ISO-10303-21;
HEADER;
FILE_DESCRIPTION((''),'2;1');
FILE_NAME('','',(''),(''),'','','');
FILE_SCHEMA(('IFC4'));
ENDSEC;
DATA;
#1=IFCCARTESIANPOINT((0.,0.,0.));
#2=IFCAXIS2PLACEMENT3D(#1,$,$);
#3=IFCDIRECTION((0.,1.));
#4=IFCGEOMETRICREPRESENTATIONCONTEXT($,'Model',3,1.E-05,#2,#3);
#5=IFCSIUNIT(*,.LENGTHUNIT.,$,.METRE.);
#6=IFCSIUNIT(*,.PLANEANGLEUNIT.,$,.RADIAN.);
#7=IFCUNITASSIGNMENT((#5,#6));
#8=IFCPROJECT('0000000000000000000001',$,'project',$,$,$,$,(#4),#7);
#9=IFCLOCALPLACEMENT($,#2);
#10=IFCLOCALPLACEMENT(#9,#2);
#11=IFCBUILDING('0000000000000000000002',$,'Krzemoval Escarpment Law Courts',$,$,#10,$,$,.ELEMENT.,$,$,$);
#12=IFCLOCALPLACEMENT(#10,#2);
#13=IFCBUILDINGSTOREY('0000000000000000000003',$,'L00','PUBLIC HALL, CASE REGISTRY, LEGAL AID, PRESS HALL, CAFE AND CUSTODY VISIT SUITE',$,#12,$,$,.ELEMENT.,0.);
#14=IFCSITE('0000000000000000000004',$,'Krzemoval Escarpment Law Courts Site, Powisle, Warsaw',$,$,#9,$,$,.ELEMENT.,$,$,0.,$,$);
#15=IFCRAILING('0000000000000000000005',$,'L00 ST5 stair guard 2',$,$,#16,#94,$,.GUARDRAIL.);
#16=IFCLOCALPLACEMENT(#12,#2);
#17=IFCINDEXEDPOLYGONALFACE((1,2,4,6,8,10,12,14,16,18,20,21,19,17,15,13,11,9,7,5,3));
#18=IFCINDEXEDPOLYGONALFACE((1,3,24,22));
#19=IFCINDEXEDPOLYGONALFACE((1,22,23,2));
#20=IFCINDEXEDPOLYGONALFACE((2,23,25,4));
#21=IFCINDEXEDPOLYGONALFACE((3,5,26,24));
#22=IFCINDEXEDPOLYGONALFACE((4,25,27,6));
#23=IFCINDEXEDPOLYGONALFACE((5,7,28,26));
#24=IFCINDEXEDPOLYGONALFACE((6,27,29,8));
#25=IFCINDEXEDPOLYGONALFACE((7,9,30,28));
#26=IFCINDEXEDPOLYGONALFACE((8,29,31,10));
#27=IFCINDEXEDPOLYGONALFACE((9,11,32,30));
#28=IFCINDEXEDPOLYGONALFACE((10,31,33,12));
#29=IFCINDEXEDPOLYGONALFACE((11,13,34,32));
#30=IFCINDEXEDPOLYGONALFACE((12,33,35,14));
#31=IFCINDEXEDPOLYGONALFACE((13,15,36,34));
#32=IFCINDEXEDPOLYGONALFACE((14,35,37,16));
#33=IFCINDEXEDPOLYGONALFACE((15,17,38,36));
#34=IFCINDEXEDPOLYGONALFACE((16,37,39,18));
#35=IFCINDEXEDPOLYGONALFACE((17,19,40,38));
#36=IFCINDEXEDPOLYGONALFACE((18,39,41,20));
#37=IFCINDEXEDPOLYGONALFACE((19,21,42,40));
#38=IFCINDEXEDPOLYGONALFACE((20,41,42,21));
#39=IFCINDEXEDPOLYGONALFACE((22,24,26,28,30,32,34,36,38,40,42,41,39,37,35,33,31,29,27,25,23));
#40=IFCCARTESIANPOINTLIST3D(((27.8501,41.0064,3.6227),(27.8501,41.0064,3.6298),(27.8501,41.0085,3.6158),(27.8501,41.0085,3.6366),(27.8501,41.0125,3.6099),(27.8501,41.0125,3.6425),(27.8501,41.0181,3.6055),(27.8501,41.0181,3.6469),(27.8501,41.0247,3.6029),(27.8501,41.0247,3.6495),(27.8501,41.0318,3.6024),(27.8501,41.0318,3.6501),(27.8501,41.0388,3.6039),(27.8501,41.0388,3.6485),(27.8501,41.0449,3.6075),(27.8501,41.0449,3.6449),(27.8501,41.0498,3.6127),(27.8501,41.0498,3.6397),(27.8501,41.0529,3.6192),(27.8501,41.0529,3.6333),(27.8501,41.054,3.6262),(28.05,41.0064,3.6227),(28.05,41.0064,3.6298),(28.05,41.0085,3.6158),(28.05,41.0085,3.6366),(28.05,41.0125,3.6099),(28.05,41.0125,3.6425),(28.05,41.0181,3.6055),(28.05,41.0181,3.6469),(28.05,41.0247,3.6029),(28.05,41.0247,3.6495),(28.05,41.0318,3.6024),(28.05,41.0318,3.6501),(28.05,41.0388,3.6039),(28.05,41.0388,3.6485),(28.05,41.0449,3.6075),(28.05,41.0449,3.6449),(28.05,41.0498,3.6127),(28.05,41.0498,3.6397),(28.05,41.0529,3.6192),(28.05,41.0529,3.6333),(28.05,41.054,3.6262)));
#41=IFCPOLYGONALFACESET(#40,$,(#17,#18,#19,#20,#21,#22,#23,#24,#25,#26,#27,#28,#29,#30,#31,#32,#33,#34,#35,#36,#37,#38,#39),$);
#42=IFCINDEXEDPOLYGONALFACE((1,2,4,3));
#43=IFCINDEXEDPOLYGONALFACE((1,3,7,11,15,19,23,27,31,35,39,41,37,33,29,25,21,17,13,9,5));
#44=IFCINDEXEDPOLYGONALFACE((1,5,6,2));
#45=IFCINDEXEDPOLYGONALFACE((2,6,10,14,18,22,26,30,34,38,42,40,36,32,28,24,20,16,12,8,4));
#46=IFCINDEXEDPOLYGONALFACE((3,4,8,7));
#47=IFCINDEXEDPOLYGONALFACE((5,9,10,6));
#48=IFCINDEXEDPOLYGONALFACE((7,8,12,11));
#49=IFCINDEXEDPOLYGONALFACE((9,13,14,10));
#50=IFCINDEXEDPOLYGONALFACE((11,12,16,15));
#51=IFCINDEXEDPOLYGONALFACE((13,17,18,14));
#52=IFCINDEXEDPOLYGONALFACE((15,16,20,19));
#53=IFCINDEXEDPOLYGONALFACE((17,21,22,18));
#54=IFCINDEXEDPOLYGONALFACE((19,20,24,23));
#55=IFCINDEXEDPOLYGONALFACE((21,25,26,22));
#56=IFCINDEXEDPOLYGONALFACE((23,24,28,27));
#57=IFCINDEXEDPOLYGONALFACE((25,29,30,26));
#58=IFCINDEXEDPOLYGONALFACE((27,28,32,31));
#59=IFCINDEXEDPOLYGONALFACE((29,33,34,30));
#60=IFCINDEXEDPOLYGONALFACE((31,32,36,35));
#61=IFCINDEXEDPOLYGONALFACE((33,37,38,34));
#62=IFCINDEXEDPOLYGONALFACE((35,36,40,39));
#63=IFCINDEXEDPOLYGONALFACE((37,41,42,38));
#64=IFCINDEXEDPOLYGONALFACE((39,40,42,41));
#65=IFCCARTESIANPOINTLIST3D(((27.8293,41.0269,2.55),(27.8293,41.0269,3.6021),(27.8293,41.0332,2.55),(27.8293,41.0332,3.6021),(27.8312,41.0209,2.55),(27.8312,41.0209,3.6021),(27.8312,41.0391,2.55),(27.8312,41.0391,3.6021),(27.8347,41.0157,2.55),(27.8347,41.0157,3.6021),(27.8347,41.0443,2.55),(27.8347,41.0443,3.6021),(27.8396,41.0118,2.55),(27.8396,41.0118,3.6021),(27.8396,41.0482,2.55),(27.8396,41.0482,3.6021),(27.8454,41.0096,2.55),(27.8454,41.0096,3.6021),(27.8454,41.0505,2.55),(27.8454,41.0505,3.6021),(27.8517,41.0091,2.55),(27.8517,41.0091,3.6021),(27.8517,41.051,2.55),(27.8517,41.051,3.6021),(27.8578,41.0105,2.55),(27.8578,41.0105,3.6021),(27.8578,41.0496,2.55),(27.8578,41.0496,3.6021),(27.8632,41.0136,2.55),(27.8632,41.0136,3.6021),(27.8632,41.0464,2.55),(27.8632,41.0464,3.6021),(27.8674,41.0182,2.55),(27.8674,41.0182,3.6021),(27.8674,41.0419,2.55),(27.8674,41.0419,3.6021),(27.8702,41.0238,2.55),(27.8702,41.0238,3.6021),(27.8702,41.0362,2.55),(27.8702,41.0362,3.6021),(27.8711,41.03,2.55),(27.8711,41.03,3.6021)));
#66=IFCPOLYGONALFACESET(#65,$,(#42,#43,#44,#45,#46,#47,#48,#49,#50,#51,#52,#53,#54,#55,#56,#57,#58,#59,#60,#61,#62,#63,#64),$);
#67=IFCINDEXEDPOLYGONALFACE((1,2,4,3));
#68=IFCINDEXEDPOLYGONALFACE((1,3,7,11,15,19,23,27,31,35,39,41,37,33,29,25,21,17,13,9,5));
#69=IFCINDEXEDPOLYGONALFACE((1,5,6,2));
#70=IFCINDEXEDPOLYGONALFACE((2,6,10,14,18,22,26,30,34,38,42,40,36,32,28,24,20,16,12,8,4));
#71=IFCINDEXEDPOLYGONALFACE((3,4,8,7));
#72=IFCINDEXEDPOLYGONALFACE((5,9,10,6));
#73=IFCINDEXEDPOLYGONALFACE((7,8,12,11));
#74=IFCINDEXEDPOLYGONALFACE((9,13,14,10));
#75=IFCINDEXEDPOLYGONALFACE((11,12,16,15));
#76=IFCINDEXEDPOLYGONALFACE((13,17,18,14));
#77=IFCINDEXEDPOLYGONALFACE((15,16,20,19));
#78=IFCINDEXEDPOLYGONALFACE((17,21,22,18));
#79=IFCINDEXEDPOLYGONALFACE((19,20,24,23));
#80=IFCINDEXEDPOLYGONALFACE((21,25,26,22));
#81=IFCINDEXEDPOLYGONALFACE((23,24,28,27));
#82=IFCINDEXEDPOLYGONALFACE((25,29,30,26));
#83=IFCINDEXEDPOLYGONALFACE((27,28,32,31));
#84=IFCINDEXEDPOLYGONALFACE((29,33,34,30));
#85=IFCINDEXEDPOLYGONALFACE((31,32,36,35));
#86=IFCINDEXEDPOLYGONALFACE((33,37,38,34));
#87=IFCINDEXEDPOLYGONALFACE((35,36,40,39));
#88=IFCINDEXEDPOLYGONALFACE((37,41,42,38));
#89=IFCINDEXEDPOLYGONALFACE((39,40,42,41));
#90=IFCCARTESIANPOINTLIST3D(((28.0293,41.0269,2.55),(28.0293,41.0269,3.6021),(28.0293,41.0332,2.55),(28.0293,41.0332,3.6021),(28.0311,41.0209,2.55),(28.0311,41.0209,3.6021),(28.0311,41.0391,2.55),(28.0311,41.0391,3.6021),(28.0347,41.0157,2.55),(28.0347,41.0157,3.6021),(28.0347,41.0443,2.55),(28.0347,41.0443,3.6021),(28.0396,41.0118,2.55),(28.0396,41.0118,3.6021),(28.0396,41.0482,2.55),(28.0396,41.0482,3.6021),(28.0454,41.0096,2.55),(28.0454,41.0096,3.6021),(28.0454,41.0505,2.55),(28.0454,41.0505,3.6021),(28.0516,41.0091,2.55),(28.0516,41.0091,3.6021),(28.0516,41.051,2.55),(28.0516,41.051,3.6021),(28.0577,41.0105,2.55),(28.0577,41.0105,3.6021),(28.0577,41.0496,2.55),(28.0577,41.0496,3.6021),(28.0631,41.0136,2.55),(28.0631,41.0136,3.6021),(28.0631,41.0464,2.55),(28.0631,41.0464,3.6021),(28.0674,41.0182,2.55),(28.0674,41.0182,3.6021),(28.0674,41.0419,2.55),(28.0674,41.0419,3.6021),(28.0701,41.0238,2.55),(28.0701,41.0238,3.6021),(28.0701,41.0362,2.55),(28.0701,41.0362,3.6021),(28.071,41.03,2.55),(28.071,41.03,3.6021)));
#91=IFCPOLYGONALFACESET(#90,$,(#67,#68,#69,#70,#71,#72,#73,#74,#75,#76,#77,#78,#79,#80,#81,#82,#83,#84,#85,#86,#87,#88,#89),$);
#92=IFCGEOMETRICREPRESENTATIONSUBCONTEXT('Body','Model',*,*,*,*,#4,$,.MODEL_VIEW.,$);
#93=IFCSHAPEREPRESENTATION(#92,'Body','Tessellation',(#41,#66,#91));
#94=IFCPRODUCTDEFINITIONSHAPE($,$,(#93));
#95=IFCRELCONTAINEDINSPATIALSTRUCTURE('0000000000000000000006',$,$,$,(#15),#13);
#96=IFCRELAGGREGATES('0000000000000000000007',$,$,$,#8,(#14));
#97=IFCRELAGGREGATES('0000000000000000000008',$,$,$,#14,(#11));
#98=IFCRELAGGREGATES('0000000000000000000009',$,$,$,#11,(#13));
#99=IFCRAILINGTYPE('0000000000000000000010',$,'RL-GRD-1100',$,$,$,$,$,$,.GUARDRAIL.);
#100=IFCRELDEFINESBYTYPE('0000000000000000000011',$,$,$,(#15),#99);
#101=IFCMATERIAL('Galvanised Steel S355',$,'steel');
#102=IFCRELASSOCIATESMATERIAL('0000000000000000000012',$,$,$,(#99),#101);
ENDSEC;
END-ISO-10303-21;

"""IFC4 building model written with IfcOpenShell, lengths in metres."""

from ifc_helpers import new_model, si_unit, direction, frame, origin, origin_2d, place, context, subcontext, project, spatial, circle, extrude, material, type_object, element, save


model = new_model("IFC4")

# Units and contexts
model_context = context("Model", 3, precision=1e-05, world=origin(), true_north=direction((0.0, 1.0)))
body_context = subcontext(model_context, "Body", "Model", "MODEL_VIEW")
ifc_project = project(units=[si_unit("LENGTHUNIT", "METRE"), si_unit("PLANEANGLEUNIT", "RADIAN")], contexts=[model_context])

# Site, building, storey
site_placement = place(None, origin())
site = spatial("IfcSite", under=ifc_project, at=site_placement, Name="Krzemoval Escarpment Law Courts Site, Powisle, Warsaw", CompositionType="ELEMENT", RefElevation=0.0)
building_placement = place(site_placement, origin())
building = spatial("IfcBuilding", under=site, at=building_placement, Name="Krzemoval Escarpment Law Courts", CompositionType="ELEMENT")
storey_placement = place(building_placement, origin())
storey = spatial("IfcBuildingStorey", under=building, at=storey_placement, Name="L00", Description="PUBLIC HALL, CASE REGISTRY, LEGAL AID, PRESS HALL, CAFE AND CUSTODY VISIT SUITE", CompositionType="ELEMENT", Elevation=0.0)

# Railing
ifc_material_1 = material(Name="Galvanised Steel S355", Category="steel")
railing_type_1 = type_object("IfcRailingType", Name="RL-GRD-1100", PredefinedType="GUARDRAIL", material=ifc_material_1)
railing_1_placement = place(storey_placement, frame((27.8501, 41.03, 2.55)))
element("IfcRailing", 1, at=railing_1_placement, inside=storey, type_object=railing_type_1, Name="L00 ST5 stair guard 2", PredefinedType="GUARDRAIL", context=body_context, shape_type="SweptSolid", body=[
    extrude(circle(Radius=0.0239, at=origin_2d()), frame((0.0, 0.0, 1.0762), z_axis=(1.0, 0.0, 0.0), x_axis=(0.0, 1.0, 0.0)), (0.0, 0.0, 1.0), 0.2),
    extrude(circle(Radius=0.021, at=origin_2d()), origin(), (0.0, 0.0, 1.0), 1.052),
    extrude(circle(Radius=0.021, at=origin_2d()), frame((0.2, 0.0, 0.0)), (0.0, 0.0, 1.0), 1.052),
])

save(model, "model.ifc")
